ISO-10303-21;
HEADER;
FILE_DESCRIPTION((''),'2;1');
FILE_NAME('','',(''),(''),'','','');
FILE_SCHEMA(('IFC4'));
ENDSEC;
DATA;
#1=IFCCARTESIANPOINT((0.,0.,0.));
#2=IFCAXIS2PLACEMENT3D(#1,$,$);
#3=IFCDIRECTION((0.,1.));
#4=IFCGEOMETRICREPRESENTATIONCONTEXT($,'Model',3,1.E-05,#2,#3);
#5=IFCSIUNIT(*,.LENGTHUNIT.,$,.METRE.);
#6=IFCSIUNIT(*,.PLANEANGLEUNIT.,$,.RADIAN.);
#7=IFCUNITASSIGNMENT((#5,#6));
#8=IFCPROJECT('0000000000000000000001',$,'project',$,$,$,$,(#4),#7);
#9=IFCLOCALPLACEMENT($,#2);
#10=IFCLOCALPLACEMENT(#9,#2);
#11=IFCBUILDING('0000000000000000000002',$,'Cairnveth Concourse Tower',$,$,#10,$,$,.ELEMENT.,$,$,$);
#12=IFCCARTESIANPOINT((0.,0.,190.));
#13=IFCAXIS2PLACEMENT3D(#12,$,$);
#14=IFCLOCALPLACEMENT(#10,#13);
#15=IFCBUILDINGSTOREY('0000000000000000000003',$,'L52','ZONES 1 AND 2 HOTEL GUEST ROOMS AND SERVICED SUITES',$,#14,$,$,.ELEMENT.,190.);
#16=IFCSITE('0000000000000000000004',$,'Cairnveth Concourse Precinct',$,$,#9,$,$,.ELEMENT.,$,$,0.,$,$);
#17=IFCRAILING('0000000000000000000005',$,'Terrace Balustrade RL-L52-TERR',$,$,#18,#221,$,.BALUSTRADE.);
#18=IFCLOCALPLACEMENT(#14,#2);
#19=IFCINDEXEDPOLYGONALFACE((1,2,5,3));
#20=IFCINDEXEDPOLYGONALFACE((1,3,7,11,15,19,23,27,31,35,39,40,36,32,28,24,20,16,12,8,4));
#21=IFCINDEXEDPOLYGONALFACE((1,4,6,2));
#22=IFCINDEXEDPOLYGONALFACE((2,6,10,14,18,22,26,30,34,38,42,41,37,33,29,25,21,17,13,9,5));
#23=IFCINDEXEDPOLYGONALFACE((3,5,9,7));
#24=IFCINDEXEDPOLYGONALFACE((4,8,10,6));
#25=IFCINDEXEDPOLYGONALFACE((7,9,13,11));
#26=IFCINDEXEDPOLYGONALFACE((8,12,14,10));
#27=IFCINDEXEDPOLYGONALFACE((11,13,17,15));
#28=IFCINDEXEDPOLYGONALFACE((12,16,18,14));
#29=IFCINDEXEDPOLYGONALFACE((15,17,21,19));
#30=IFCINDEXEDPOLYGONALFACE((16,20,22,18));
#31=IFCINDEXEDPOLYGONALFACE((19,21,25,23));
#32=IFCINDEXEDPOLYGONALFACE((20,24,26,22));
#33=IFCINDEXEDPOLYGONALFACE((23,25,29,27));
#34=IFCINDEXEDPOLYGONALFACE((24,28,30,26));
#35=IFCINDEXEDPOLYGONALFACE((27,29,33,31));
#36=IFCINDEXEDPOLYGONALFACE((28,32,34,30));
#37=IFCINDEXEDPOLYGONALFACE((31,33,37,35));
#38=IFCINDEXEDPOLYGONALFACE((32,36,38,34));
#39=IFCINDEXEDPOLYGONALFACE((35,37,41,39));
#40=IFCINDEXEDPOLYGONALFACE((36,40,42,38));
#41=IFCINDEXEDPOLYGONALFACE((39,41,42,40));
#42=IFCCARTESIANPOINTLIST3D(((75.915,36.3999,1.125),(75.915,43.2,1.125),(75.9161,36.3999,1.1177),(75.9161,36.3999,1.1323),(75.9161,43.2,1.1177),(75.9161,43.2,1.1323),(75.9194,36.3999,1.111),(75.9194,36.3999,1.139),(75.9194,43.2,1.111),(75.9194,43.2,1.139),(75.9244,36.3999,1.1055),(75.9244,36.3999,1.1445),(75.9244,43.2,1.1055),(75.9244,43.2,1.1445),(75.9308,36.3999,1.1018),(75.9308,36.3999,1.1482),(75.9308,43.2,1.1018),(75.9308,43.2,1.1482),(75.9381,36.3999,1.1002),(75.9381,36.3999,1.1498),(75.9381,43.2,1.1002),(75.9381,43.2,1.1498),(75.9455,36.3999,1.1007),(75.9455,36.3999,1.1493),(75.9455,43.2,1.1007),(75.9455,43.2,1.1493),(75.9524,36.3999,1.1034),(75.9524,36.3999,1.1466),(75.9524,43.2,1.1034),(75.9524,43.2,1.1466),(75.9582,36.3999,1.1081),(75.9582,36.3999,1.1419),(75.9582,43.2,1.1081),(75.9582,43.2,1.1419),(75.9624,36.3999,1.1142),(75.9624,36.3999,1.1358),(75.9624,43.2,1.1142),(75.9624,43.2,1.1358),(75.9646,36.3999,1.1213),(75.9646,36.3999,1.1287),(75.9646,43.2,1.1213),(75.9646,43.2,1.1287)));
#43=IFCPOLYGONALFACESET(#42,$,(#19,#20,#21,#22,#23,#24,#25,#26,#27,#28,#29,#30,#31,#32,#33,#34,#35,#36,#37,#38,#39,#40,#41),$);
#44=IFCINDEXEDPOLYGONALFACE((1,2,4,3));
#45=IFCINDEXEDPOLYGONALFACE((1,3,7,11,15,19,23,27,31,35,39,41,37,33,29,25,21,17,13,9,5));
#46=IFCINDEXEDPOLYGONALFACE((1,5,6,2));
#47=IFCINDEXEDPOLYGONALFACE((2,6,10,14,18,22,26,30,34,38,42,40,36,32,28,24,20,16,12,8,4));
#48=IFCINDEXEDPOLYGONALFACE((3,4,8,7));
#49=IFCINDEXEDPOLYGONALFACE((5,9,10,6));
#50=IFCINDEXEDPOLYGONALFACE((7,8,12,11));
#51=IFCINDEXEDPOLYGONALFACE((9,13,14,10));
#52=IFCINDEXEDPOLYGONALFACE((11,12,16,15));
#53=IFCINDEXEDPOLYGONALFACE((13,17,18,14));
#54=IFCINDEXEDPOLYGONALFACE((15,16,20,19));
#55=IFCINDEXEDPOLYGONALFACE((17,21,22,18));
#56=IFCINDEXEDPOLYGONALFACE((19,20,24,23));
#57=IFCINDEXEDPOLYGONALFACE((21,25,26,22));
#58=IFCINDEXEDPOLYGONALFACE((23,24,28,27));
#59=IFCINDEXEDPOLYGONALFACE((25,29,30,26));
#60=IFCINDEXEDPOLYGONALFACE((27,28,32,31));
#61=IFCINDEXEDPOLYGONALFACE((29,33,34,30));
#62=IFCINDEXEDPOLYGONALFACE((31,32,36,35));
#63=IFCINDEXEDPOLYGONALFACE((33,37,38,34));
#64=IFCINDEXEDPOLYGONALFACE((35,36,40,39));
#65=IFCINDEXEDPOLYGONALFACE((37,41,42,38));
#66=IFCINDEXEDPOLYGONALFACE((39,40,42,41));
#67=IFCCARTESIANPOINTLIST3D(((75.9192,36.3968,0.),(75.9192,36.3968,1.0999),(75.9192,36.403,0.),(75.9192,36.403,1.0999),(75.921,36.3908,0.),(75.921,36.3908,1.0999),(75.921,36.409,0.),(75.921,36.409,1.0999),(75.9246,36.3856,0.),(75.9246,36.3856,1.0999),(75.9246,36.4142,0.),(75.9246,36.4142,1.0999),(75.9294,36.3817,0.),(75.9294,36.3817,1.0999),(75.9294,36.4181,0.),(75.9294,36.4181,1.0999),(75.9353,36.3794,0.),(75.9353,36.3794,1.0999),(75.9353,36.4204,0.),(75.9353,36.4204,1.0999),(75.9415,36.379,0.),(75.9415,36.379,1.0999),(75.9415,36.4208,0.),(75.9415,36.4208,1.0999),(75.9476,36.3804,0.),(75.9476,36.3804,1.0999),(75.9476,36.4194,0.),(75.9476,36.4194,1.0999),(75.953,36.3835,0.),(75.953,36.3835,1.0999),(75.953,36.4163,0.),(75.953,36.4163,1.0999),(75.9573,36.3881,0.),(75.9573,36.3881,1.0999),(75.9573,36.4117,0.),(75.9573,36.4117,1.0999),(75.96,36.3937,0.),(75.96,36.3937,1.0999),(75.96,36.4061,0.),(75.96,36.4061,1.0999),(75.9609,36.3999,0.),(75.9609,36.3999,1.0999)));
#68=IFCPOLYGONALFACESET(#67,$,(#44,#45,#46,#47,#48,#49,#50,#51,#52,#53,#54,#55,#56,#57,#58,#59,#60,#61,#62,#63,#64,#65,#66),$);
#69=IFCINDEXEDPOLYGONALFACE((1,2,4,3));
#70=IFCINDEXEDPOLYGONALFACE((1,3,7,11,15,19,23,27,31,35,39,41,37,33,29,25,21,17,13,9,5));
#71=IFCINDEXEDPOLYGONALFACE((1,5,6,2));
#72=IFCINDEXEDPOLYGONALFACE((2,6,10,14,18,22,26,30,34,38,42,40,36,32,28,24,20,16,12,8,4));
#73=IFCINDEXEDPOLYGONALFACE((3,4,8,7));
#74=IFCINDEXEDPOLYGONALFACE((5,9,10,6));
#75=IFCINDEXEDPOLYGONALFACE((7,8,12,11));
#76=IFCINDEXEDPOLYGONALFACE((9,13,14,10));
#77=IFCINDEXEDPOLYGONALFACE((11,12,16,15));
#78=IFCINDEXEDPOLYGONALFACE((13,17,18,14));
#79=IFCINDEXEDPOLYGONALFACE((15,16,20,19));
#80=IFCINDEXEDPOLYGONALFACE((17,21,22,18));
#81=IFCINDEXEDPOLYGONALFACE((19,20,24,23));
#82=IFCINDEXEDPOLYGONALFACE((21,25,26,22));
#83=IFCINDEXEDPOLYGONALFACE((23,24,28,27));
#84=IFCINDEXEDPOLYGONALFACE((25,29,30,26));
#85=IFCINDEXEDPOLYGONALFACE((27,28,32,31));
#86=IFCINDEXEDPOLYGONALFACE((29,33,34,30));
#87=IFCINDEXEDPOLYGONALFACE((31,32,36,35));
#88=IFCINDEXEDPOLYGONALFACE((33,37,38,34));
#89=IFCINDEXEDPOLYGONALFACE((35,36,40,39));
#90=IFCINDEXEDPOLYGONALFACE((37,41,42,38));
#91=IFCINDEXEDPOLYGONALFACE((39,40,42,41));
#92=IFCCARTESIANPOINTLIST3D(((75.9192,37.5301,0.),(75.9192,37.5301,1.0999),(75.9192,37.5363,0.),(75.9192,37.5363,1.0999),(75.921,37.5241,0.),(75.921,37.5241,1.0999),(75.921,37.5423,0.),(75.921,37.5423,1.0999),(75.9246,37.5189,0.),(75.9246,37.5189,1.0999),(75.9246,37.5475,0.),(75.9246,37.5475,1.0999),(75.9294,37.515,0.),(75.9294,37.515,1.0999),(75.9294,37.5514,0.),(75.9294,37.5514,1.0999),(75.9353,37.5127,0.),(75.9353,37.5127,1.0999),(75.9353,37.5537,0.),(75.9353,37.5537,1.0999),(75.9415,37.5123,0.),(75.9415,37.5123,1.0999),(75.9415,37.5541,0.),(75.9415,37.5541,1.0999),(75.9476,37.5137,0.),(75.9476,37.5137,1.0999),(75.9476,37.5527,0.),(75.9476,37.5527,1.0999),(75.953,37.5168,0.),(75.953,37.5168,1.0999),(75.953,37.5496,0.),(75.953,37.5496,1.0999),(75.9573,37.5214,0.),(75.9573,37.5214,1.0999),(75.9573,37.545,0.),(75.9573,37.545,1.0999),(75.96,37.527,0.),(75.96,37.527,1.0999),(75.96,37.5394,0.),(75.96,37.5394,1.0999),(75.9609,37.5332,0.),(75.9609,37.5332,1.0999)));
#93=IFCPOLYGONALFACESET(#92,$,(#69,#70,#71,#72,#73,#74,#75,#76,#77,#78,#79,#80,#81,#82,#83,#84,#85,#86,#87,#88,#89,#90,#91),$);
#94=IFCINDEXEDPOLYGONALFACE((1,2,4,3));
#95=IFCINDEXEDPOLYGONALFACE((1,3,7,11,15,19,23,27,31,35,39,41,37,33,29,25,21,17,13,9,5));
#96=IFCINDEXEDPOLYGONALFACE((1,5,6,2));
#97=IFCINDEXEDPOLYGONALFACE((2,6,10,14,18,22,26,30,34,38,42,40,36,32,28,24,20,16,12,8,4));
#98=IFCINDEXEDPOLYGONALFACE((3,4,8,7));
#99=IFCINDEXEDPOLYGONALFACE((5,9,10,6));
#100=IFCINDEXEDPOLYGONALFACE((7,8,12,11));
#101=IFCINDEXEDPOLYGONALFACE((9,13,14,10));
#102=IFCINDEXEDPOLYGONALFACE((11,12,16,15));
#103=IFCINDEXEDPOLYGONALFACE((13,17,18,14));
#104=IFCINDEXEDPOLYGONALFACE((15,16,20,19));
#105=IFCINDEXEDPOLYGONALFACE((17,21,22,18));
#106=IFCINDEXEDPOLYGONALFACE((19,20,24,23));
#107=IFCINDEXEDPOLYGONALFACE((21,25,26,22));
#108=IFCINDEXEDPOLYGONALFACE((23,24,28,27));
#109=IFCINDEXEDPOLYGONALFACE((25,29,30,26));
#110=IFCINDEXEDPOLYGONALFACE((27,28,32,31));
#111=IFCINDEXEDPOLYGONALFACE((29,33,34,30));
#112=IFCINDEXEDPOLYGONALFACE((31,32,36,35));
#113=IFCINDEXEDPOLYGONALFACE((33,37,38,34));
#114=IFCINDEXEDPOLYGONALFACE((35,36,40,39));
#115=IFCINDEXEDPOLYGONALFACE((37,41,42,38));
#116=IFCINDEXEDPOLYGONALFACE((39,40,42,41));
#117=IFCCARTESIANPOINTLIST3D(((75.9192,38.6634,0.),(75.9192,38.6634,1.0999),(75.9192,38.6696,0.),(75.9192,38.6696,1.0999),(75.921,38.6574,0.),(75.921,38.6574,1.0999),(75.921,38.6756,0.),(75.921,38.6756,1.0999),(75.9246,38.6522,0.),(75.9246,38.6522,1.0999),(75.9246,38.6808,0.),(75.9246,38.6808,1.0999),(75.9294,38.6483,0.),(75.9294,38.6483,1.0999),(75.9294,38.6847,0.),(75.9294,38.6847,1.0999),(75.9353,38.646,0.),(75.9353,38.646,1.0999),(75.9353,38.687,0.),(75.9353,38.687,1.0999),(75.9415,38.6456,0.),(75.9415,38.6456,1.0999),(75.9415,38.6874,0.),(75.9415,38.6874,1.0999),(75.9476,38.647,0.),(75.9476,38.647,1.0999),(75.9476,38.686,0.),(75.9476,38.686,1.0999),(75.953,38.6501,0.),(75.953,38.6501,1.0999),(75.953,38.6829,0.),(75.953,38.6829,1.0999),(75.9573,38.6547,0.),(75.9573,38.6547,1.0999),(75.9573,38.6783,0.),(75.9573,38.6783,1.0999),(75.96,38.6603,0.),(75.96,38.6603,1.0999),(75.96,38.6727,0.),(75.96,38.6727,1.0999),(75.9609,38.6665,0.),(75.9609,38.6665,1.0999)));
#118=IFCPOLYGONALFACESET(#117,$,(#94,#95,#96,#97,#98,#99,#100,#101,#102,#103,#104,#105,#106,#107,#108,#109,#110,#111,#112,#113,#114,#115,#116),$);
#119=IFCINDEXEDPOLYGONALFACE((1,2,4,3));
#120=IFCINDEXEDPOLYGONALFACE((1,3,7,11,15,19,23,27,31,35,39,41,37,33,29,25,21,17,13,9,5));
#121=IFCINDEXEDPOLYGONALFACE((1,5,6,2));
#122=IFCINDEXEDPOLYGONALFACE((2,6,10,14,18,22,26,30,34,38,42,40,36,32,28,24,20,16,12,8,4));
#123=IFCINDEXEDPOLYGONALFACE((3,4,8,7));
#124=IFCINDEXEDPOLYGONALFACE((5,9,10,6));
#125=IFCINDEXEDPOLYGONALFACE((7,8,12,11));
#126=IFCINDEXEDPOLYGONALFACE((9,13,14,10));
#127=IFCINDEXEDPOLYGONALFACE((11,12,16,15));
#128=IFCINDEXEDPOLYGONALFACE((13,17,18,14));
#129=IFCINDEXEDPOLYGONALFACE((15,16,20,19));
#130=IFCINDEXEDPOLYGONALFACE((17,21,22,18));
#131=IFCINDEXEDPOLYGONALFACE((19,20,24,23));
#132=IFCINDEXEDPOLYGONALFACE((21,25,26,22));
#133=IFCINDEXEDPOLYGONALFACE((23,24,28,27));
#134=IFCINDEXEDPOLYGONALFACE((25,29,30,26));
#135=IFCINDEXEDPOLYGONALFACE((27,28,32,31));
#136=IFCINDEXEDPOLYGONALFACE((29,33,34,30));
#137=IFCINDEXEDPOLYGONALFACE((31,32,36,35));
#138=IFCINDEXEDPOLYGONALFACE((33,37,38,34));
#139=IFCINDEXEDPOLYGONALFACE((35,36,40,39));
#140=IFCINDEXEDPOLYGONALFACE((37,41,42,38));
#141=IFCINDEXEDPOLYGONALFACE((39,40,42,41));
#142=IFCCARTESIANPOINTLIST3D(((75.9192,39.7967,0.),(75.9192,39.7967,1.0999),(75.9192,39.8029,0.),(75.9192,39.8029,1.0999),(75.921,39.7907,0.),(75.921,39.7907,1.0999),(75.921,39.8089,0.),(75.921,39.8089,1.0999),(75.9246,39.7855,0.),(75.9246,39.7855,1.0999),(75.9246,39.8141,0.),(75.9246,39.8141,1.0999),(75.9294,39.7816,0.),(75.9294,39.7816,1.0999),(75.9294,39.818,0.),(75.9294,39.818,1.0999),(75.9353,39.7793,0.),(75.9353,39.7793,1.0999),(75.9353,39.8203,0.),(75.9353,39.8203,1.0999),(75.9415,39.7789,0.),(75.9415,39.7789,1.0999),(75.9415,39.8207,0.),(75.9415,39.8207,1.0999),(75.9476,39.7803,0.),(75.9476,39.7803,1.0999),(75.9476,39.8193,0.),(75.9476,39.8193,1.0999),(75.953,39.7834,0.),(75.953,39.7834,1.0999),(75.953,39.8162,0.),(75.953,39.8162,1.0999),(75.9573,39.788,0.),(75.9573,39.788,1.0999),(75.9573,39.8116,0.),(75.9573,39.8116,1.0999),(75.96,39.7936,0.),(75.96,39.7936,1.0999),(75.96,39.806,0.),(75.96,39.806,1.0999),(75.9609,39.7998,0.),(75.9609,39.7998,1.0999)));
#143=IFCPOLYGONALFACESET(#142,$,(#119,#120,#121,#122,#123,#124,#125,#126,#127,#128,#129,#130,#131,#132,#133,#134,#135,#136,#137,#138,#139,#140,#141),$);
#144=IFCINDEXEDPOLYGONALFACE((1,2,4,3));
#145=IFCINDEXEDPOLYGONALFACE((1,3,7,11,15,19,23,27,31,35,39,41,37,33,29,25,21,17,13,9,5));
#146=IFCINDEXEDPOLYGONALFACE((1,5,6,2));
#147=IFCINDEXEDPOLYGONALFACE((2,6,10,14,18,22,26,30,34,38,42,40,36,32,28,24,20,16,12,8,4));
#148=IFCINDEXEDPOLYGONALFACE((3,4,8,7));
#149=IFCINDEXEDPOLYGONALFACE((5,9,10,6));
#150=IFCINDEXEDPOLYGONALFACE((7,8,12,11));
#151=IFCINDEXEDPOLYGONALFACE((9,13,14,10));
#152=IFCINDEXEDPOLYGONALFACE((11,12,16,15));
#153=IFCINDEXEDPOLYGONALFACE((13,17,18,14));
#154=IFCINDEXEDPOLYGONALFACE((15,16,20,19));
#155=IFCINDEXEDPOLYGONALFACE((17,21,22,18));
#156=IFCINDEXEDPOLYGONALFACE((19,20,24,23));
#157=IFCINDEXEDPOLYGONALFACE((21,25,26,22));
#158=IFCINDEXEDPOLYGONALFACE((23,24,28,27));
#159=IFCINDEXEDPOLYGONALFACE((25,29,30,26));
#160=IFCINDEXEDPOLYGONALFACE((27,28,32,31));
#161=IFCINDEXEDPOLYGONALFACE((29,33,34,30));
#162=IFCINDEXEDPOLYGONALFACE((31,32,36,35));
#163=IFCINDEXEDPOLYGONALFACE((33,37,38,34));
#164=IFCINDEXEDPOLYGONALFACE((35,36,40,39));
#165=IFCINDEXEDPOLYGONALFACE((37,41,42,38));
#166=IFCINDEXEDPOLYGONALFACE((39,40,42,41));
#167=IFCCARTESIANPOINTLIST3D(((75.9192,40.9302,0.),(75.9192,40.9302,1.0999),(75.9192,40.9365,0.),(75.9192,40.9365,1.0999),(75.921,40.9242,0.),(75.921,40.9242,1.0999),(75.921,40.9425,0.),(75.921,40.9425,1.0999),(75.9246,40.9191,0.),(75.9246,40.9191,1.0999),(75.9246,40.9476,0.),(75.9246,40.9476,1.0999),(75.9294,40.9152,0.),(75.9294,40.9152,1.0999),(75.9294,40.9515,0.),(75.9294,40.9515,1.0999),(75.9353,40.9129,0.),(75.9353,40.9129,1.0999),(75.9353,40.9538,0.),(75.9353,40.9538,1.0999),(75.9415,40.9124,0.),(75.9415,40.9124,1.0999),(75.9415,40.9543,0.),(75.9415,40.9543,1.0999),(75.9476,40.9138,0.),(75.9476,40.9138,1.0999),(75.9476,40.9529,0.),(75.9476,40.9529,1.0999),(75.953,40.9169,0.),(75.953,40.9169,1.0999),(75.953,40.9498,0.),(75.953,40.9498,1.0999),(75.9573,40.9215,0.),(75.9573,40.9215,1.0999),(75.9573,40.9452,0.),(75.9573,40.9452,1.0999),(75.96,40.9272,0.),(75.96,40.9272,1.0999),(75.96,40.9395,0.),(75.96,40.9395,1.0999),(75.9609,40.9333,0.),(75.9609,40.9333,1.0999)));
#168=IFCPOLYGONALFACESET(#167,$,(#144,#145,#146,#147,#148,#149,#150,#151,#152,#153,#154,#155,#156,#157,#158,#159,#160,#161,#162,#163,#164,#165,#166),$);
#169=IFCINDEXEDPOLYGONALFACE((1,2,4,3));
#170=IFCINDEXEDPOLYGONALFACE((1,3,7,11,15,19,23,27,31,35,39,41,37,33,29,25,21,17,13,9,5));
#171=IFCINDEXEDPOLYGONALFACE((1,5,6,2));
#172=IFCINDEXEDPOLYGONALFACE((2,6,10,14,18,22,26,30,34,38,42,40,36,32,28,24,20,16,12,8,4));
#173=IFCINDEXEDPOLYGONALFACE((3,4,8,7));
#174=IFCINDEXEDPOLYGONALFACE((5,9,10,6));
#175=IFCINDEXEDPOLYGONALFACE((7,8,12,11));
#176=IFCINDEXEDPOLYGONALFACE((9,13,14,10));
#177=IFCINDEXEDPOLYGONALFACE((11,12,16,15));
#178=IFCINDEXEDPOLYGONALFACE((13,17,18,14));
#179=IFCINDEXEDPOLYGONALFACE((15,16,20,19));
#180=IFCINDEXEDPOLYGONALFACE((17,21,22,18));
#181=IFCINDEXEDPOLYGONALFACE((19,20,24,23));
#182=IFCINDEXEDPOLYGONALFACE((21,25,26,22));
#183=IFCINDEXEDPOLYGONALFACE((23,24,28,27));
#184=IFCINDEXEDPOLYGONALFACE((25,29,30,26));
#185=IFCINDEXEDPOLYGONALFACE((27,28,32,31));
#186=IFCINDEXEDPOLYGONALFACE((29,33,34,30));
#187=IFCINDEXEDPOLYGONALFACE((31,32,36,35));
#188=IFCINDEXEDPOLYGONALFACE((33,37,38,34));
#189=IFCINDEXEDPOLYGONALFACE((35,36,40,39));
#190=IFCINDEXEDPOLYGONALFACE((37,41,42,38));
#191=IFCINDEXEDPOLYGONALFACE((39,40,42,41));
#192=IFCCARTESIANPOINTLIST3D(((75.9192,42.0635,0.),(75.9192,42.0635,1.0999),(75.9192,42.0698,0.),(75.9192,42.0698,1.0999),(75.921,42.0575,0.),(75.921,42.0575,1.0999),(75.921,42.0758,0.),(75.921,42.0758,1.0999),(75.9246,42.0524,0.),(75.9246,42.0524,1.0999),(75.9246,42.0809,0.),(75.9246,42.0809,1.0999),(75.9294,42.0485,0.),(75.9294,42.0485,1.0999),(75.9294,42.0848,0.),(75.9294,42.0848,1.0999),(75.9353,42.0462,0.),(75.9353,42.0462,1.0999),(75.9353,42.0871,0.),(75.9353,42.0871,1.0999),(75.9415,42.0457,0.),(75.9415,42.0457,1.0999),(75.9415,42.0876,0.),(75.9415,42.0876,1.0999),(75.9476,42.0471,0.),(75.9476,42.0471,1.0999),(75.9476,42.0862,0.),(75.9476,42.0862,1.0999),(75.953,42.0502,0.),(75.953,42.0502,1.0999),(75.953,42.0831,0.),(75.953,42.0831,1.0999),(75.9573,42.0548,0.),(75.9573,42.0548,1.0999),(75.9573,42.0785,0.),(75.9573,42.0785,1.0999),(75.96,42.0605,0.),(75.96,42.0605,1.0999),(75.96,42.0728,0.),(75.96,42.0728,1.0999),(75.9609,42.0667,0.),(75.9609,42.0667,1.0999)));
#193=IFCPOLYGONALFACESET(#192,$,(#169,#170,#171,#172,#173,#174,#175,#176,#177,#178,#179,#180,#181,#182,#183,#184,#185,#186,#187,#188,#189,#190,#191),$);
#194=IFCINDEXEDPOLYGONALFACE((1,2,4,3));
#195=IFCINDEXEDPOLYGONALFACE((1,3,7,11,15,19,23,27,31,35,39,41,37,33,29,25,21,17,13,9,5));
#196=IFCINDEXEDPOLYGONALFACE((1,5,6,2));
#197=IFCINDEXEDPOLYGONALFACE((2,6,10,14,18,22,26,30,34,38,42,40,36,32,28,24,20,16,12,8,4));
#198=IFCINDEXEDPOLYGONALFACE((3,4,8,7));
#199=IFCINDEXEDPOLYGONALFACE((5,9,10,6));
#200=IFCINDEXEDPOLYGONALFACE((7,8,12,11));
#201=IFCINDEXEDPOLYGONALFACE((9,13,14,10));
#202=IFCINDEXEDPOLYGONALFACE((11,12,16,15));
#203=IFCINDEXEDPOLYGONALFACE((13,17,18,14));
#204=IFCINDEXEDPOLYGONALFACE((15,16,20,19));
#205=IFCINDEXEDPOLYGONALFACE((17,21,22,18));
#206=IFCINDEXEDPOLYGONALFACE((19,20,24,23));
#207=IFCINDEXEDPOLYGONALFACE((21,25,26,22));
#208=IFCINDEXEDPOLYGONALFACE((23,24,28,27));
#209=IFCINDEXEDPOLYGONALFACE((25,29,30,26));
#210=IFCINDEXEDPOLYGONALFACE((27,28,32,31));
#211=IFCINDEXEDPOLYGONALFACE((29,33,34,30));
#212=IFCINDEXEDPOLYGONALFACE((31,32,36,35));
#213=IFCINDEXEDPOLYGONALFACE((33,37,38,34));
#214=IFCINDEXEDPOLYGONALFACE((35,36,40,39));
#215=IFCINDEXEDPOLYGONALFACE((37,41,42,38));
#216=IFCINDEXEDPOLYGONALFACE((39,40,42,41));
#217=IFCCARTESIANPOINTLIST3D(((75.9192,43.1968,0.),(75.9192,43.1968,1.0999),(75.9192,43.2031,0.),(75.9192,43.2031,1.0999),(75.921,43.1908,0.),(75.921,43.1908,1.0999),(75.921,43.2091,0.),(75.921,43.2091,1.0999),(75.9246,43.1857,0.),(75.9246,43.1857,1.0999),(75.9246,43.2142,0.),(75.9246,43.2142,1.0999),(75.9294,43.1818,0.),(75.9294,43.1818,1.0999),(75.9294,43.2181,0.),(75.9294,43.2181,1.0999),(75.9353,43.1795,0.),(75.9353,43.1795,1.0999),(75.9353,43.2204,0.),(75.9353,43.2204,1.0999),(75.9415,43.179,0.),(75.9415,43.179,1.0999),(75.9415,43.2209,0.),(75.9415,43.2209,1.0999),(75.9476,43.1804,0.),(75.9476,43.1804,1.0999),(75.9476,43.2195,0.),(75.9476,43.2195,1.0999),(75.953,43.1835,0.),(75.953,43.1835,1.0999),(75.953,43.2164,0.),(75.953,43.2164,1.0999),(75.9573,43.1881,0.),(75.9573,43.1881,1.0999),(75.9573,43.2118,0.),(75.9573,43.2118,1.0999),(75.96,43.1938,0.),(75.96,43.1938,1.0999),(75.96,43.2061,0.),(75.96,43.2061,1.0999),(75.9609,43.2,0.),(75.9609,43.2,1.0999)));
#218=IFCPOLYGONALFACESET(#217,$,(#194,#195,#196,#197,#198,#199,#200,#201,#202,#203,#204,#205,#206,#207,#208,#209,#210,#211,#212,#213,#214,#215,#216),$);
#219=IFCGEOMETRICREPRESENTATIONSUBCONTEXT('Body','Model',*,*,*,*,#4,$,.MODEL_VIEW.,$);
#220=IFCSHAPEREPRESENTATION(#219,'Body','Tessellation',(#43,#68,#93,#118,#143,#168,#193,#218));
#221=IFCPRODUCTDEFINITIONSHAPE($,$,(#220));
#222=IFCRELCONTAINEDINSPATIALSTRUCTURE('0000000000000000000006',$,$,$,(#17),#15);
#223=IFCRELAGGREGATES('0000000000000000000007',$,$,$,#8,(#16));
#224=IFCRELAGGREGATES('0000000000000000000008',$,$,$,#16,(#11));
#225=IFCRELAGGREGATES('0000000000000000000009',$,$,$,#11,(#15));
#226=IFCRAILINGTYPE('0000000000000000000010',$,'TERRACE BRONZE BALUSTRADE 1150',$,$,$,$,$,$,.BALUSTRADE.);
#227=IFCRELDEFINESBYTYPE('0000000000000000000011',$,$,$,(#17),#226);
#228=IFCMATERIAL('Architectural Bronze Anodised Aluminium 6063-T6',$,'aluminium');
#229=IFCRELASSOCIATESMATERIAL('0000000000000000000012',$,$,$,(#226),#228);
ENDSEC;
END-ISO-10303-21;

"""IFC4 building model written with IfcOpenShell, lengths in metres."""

from ifc_helpers import new_model, si_unit, direction, frame, origin, origin_2d, place, context, subcontext, project, spatial, circle, extrude, material, type_object, element, save


model = new_model("IFC4")

# Units and contexts
model_context = context("Model", 3, precision=1e-05, world=origin(), true_north=direction((0.0, 1.0)))
body_context = subcontext(model_context, "Body", "Model", "MODEL_VIEW")
ifc_project = project(units=[si_unit("LENGTHUNIT", "METRE"), si_unit("PLANEANGLEUNIT", "RADIAN")], contexts=[model_context])

# Site, building, storey
site_placement = place(None, origin())
site = spatial("IfcSite", under=ifc_project, at=site_placement, Name="Cairnveth Concourse Precinct", CompositionType="ELEMENT", RefElevation=0.0)
building_placement = place(site_placement, origin())
building = spatial("IfcBuilding", under=site, at=building_placement, Name="Cairnveth Concourse Tower", CompositionType="ELEMENT")
storey_placement = place(building_placement, frame((0.0, 0.0, 190.0)))
storey = spatial("IfcBuildingStorey", under=building, at=storey_placement, Name="L52", Description="ZONES 1 AND 2 HOTEL GUEST ROOMS AND SERVICED SUITES", CompositionType="ELEMENT", Elevation=190.0)

# Shared definitions
ifc_material_1 = material(Name="Architectural Bronze Anodised Aluminium 6063-T6", Category="aluminium")

# Railing
railing_type = type_object("IfcRailingType", Name="TERRACE BRONZE BALUSTRADE 1150", PredefinedType="BALUSTRADE", material=ifc_material_1)
railing_placement = place(storey_placement, frame((75.9399, 36.3999, 0.0)))
element("IfcRailing", 1, at=railing_placement, inside=storey, type_object=railing_type, Name="Terrace Balustrade RL-L52-TERR", PredefinedType="BALUSTRADE", context=body_context, shape_type="SweptSolid", body=[
    extrude(circle(Radius=0.0249, at=origin_2d()), frame((0.0, 0.0, 1.125), z_axis=(0.0, 1.0, 0.0), x_axis=(-1.0, 0.0, 0.0)), (0.0, 0.0, 1.0), 6.8),
    extrude(circle(Radius=0.021, at=origin_2d()), origin(), (0.0, 0.0, 1.0), 1.0999),
    extrude(circle(Radius=0.021, at=origin_2d()), frame((0.0, 1.1333, 0.0)), (0.0, 0.0, 1.0), 1.0999),
    extrude(circle(Radius=0.021, at=origin_2d()), frame((0.0, 2.2666, 0.0)), (0.0, 0.0, 1.0), 1.0999),
    extrude(circle(Radius=0.021, at=origin_2d()), frame((0.0, 3.3999, 0.0)), (0.0, 0.0, 1.0), 1.0999),
    extrude(circle(Radius=0.021, at=origin_2d()), frame((0.0, 4.5334, 0.0)), (0.0, 0.0, 1.0), 1.0999),
    extrude(circle(Radius=0.021, at=origin_2d()), frame((0.0, 5.6667, 0.0)), (0.0, 0.0, 1.0), 1.0999),
    extrude(circle(Radius=0.021, at=origin_2d()), frame((0.0, 6.8, 0.0)), (0.0, 0.0, 1.0), 1.0999),
])

save(model, "model.ifc")
